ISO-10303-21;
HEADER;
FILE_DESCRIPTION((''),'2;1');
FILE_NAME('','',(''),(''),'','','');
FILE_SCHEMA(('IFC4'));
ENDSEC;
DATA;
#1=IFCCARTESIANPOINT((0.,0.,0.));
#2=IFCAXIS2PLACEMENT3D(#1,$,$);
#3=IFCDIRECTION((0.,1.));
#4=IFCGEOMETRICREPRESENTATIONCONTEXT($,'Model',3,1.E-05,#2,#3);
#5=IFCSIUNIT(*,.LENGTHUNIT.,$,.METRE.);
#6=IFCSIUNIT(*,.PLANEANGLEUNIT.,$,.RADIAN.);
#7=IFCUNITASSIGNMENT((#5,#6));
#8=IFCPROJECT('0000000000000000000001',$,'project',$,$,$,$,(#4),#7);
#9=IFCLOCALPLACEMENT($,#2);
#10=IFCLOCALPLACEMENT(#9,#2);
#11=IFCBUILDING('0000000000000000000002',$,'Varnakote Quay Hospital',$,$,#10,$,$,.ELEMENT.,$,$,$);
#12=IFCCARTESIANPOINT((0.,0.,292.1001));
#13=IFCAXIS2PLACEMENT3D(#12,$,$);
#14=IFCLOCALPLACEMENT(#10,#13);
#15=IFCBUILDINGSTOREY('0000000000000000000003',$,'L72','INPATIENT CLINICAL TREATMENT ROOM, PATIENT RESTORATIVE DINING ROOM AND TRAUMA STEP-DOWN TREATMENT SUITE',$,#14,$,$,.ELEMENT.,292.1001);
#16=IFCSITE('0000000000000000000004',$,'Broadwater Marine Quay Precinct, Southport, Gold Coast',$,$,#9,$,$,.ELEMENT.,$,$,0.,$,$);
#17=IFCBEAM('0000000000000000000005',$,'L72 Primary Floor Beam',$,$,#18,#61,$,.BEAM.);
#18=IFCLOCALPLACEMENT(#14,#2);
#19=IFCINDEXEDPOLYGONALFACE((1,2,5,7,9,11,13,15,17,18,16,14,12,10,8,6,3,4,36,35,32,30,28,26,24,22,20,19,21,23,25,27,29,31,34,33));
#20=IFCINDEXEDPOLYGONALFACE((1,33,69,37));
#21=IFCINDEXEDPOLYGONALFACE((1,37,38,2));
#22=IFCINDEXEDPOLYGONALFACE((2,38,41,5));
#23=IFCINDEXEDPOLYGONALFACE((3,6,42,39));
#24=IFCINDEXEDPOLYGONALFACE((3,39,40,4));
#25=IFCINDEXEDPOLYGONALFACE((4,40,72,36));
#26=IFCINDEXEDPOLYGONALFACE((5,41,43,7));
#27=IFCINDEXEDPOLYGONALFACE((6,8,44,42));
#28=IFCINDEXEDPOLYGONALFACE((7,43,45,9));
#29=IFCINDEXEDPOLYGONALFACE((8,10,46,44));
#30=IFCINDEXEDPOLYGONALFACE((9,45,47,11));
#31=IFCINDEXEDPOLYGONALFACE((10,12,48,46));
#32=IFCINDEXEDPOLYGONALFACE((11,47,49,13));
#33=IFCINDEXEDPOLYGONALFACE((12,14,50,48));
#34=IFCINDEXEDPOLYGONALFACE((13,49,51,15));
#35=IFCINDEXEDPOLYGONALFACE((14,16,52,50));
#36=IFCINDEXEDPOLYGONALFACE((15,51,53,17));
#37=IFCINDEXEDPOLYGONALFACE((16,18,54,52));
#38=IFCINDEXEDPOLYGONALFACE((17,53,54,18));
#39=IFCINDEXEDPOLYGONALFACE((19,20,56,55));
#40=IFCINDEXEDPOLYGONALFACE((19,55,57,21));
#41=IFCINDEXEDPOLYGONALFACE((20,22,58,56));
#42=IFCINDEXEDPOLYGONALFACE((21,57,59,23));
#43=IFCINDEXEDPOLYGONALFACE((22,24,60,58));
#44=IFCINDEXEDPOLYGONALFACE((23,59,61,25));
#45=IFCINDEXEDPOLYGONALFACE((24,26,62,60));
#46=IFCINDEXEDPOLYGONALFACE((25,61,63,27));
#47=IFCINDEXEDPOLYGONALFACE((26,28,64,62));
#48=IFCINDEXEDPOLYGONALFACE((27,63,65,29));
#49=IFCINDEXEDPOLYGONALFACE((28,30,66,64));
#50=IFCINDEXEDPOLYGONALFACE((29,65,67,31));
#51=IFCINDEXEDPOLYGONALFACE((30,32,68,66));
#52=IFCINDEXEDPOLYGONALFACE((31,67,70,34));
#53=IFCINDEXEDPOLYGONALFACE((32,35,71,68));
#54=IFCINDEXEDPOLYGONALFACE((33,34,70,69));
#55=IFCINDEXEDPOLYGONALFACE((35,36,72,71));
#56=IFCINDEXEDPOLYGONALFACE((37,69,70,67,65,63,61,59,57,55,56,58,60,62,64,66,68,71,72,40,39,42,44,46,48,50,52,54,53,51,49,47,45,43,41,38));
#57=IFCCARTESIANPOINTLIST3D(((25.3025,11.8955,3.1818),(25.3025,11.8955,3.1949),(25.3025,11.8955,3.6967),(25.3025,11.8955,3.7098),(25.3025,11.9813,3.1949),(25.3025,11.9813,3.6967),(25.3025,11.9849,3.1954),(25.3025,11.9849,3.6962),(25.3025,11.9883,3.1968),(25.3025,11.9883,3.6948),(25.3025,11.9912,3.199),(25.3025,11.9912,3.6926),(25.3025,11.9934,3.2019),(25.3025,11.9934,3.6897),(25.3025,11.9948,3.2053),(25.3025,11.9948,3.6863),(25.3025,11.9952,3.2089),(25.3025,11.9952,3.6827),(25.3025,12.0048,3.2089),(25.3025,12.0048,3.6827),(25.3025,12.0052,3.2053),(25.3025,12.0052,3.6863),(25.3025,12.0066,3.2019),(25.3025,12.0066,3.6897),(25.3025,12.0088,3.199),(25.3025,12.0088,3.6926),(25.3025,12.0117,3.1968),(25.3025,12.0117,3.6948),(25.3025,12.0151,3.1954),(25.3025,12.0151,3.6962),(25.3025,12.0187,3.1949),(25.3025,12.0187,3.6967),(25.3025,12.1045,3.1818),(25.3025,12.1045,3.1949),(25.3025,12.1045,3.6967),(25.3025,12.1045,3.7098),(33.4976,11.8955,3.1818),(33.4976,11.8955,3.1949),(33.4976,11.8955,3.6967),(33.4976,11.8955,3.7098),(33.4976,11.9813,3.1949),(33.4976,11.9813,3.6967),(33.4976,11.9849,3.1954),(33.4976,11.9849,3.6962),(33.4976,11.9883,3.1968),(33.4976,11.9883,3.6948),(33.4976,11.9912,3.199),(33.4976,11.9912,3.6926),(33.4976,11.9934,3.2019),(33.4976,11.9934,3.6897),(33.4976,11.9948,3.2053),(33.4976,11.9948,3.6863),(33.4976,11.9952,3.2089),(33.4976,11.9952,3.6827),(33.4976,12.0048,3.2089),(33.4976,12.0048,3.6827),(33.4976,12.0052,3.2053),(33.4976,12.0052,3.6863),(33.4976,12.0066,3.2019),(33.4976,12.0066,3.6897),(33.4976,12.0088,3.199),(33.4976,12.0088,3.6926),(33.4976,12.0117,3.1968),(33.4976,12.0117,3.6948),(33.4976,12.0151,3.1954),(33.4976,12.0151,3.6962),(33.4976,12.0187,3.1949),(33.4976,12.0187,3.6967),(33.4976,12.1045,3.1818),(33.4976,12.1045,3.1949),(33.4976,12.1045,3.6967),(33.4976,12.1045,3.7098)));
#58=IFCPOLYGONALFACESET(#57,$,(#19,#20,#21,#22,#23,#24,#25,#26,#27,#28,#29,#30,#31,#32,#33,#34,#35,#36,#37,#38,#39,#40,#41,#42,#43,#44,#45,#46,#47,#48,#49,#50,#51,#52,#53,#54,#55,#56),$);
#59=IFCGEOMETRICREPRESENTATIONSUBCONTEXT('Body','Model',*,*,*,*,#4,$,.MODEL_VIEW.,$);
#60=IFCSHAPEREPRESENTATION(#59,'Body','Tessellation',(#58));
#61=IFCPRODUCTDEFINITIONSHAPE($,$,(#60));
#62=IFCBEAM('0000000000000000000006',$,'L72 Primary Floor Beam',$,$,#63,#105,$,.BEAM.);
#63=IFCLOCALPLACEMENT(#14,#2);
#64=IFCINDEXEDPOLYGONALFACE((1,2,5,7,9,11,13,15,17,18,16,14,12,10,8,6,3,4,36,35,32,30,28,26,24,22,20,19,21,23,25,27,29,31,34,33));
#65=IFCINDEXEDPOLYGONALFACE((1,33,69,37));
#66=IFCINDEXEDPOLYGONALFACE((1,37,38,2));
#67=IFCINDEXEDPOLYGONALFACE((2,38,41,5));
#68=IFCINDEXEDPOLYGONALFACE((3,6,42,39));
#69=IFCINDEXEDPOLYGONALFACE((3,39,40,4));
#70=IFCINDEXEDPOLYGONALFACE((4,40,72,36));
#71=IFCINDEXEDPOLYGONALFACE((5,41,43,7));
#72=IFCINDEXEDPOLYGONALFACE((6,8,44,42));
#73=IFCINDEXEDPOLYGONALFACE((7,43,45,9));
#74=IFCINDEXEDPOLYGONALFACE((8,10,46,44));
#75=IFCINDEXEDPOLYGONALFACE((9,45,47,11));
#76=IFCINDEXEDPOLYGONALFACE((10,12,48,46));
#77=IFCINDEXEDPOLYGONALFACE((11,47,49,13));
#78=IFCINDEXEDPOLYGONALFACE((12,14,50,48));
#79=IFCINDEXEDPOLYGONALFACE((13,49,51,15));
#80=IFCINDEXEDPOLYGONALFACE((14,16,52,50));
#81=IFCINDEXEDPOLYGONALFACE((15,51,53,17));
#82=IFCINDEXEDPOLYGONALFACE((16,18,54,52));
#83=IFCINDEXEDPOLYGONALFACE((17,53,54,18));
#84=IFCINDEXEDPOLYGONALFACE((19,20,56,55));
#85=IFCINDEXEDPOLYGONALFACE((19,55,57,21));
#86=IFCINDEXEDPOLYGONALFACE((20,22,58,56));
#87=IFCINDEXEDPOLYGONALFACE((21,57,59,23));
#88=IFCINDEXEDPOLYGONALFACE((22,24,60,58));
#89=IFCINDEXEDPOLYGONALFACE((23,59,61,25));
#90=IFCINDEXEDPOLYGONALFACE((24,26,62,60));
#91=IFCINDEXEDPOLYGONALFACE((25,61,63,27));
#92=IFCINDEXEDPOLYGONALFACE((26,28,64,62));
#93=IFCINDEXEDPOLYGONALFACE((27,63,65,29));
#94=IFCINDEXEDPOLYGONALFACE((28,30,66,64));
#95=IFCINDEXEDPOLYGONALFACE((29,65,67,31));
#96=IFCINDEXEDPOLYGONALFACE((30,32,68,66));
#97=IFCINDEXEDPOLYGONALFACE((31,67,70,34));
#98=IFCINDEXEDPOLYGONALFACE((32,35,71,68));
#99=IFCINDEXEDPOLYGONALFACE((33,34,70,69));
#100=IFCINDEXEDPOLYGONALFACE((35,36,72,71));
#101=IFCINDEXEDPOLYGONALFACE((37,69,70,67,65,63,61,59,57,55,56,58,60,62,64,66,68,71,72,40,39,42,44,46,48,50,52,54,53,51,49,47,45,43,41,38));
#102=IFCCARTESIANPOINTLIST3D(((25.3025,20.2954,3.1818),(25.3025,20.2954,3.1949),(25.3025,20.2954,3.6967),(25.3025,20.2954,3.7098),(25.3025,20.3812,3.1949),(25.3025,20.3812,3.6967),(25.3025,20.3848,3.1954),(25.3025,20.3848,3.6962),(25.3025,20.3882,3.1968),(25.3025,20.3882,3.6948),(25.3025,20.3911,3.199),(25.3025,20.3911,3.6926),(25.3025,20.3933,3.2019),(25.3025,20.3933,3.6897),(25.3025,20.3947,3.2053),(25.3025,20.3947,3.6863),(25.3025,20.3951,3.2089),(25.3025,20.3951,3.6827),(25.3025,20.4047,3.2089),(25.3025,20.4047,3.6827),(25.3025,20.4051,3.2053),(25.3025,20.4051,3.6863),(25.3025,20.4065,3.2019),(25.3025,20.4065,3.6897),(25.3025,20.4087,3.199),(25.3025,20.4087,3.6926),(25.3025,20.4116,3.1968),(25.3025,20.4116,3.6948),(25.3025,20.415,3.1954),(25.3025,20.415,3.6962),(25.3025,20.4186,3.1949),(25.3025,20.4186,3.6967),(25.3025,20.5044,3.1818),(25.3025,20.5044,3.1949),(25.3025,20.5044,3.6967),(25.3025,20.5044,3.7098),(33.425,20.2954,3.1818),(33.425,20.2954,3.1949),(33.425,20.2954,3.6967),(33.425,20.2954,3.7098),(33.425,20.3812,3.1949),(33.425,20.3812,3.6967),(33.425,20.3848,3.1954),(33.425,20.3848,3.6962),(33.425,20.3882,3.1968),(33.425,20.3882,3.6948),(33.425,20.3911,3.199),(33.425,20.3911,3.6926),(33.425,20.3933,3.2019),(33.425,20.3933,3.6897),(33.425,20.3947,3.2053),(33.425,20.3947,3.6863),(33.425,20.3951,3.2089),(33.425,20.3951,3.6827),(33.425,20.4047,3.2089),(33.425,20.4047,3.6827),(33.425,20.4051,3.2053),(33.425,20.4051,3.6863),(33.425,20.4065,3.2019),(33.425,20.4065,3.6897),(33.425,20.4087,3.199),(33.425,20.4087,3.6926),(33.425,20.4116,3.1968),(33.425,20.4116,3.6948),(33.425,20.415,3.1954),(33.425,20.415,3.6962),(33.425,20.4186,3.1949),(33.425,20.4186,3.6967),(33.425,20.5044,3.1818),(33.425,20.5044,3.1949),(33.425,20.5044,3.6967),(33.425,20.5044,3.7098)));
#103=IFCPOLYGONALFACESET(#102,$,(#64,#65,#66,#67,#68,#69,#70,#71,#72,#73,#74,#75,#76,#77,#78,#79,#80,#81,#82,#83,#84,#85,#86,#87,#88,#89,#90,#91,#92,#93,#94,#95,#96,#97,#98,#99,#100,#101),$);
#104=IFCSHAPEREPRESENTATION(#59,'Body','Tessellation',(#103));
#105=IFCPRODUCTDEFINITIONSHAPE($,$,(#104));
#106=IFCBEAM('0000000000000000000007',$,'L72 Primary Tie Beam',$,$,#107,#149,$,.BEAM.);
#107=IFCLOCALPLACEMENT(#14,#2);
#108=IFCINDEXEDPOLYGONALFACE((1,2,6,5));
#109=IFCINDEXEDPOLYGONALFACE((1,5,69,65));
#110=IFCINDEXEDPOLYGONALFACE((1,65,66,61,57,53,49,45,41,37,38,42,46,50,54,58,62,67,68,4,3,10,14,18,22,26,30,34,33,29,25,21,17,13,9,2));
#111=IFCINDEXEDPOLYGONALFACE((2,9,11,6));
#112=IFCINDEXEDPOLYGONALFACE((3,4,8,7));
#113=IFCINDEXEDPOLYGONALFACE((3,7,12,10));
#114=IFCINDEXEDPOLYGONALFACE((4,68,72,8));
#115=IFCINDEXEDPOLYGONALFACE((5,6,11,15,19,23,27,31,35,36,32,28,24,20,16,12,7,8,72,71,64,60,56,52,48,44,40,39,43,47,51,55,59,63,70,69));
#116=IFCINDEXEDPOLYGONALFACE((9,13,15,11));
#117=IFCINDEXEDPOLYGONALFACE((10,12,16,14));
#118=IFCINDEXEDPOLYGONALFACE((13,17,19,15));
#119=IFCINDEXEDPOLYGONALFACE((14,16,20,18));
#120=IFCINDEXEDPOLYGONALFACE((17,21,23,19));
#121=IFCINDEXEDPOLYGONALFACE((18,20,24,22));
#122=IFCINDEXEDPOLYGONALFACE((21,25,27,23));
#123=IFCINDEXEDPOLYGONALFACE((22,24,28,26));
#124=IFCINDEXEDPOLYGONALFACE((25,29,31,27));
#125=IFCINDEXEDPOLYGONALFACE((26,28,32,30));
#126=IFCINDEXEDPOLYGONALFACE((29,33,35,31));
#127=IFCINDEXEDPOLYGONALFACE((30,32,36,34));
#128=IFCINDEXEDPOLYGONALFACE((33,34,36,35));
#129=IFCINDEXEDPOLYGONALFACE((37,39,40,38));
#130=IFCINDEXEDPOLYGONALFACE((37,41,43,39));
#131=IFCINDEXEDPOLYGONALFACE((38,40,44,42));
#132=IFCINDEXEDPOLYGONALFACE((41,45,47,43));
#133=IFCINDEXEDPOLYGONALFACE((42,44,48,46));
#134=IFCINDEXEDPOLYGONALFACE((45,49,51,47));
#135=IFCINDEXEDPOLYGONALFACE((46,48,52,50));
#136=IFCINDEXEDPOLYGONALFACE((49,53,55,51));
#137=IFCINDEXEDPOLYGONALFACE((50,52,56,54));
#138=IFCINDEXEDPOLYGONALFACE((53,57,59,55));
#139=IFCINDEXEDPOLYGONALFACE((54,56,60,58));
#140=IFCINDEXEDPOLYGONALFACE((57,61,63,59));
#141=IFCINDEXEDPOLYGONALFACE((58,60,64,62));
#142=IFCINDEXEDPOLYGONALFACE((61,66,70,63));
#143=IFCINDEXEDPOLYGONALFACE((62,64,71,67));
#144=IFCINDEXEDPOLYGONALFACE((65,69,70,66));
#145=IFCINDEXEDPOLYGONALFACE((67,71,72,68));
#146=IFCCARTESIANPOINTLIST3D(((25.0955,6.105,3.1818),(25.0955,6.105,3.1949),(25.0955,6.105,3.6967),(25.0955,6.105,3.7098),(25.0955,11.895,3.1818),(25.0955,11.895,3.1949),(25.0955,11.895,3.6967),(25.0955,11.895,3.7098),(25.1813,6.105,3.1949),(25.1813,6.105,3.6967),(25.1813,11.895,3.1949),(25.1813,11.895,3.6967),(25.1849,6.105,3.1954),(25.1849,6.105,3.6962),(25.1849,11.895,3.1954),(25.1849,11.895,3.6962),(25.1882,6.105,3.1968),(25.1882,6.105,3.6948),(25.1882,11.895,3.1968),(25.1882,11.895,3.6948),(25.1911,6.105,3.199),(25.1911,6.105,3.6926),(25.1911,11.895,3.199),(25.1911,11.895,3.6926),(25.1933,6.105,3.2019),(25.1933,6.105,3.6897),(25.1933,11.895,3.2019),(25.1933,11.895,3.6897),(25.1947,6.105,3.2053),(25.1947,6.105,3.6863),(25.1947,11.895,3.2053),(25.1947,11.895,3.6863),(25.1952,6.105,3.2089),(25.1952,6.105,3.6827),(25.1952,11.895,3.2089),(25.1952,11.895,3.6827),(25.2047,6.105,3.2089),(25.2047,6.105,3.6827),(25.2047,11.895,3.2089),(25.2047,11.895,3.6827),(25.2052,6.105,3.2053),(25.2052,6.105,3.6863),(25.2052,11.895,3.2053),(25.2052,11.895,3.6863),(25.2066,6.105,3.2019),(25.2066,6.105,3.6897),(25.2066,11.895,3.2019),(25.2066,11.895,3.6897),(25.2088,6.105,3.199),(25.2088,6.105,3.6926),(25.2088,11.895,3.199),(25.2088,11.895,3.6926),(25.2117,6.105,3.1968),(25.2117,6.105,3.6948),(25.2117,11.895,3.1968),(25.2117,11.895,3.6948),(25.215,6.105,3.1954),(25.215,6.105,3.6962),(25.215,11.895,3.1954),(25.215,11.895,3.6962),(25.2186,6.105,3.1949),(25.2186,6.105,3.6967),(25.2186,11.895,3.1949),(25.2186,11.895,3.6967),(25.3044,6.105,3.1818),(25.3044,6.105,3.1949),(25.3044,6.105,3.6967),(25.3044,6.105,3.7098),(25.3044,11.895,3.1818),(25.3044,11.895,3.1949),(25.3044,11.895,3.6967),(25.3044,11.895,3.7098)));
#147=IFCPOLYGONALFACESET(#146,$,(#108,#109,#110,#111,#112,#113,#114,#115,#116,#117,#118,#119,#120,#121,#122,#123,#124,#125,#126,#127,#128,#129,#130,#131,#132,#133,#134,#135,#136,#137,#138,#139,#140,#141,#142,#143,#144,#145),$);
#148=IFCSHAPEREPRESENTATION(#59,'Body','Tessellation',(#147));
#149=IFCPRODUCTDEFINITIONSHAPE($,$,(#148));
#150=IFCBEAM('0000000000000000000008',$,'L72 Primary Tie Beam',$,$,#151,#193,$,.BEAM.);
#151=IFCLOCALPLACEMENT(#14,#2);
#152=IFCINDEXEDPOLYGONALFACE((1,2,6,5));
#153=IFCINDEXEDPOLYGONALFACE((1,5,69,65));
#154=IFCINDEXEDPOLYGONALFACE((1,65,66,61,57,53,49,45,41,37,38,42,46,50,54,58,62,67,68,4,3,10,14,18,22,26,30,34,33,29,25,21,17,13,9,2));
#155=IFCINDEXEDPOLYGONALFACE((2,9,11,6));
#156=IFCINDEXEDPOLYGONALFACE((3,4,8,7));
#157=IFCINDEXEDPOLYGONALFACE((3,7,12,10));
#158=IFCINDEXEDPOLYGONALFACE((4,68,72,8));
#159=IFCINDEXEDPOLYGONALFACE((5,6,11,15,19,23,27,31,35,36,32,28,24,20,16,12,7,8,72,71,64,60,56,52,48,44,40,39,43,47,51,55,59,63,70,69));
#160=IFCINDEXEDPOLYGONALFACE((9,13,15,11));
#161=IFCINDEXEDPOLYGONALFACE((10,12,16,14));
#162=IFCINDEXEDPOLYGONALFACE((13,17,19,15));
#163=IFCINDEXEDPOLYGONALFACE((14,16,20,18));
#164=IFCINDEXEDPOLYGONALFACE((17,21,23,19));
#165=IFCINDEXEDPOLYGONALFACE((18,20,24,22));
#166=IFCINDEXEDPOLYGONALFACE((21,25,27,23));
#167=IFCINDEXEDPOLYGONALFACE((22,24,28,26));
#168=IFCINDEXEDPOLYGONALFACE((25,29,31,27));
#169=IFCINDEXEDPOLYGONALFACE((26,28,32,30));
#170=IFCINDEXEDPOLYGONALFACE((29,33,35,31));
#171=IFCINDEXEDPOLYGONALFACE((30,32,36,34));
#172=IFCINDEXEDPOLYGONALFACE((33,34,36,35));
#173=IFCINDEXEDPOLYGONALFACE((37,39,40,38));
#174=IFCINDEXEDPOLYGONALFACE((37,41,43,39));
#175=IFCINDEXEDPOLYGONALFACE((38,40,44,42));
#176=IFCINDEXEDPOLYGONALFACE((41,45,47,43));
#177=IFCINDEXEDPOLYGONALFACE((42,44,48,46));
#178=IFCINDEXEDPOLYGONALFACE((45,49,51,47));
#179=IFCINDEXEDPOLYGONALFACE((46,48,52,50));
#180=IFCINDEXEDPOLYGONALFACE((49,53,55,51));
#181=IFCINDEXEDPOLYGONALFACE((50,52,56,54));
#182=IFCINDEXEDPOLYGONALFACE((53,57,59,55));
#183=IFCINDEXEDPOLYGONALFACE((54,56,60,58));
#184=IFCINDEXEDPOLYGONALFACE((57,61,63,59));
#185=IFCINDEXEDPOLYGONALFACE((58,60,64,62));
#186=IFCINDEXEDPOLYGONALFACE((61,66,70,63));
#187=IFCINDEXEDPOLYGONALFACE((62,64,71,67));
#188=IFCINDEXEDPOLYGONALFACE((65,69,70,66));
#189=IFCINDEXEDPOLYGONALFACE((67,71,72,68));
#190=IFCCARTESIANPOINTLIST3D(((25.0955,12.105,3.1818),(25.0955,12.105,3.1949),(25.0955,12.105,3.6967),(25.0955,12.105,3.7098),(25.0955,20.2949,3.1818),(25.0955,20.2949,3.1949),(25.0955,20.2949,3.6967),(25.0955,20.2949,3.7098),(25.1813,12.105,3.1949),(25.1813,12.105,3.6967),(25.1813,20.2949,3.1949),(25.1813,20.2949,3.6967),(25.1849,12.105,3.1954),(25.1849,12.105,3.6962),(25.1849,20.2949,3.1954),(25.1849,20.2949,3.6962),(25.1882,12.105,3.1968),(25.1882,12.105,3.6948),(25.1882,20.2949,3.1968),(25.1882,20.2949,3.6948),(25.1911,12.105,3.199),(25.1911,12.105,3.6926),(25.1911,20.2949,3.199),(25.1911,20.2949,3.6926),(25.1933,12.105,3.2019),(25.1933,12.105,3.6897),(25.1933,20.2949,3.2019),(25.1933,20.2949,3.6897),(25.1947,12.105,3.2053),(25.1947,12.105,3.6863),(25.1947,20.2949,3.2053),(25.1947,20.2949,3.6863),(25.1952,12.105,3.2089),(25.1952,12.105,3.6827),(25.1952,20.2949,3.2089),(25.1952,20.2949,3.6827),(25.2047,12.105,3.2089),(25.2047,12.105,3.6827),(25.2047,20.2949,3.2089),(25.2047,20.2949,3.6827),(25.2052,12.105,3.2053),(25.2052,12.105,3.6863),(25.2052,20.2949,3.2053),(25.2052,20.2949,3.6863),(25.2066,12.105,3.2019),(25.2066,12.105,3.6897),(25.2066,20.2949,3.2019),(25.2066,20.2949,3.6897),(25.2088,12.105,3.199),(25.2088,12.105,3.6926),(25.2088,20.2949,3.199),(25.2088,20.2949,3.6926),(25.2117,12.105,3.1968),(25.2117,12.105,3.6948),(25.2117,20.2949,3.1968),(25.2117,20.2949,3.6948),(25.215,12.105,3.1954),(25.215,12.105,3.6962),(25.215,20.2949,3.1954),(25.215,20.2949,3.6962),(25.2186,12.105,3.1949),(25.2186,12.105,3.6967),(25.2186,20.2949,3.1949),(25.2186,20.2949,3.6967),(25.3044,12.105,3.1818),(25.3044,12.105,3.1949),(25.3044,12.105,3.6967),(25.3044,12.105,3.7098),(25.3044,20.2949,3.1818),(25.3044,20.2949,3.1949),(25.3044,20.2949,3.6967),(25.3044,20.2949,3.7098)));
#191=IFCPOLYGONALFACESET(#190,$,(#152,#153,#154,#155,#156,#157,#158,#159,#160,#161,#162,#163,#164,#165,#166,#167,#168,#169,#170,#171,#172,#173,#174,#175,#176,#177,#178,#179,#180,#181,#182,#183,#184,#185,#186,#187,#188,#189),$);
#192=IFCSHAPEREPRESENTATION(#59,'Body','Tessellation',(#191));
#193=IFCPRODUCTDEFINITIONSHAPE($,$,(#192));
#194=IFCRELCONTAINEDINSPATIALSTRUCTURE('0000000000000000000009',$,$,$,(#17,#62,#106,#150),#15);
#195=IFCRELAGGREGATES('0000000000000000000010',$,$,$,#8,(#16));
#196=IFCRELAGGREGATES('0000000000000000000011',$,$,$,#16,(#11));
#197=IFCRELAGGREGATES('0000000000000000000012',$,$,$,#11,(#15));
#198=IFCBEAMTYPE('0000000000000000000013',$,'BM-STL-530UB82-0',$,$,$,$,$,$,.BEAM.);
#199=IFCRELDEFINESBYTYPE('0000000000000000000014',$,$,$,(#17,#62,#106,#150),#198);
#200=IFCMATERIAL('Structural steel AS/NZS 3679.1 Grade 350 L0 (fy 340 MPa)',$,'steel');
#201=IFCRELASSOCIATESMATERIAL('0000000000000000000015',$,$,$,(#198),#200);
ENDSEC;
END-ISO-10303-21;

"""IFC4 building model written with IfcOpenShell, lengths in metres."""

from ifc_helpers import new_model, si_unit, direction, frame, origin, origin_2d, place, context, subcontext, project, spatial, i_section, extrude, material, material_profile, profile_set, type_object, element, save


model = new_model("IFC4")

# Units and contexts
model_context = context("Model", 3, precision=1e-05, world=origin(), true_north=direction((0.0, 1.0)))
body_context = subcontext(model_context, "Body", "Model", "MODEL_VIEW")
ifc_project = project(units=[si_unit("LENGTHUNIT", "METRE"), si_unit("PLANEANGLEUNIT", "RADIAN")], contexts=[model_context])

# Site, building, storey
site_placement = place(None, origin())
site = spatial("IfcSite", under=ifc_project, at=site_placement, Name="Broadwater Marine Quay Precinct, Southport, Gold Coast", CompositionType="ELEMENT", RefElevation=0.0)
building_placement = place(site_placement, origin())
building = spatial("IfcBuilding", under=site, at=building_placement, Name="Varnakote Quay Hospital", CompositionType="ELEMENT")
storey_placement = place(building_placement, frame((0.0, 0.0, 292.1001)))
storey = spatial("IfcBuildingStorey", under=building, at=storey_placement, Name="L72", Description="INPATIENT CLINICAL TREATMENT ROOM, PATIENT RESTORATIVE DINING ROOM AND TRAUMA STEP-DOWN TREATMENT SUITE", CompositionType="ELEMENT", Elevation=292.1001)

# Beams
ifc_material_1 = material(Name="Structural steel AS/NZS 3679.1 Grade 350 L0 (fy 340 MPa)", Category="steel")
ifc_material_profile_1 = material_profile(ifc_material_1, i_section(OverallWidth=0.209, OverallDepth=0.5281, WebThickness=0.0095, FlangeThickness=0.0132, FilletRadius=0.0139, at=origin_2d()), Name="530UB82.0")
ifc_profile_set_1 = profile_set([ifc_material_profile_1], Name="Structural steel AS/NZS 3679.1 Grade 350 L0 (fy 340 MPa)")
beam_type_1 = type_object("IfcBeamType", Name="BM-STL-530UB82-0", PredefinedType="BEAM", material=ifc_profile_set_1)
beam_1_placement = place(storey_placement, frame((25.3025, 12.0, 3.4458), z_axis=(1.0, 0.0, 0.0), x_axis=(0.0, 1.0, 0.0)))
element("IfcBeam", 1, at=beam_1_placement, inside=storey, type_object=beam_type_1, Name="L72 Primary Floor Beam", PredefinedType="BEAM", context=body_context, shape_type="SweptSolid", body=[
    extrude(i_section(OverallWidth=0.209, OverallDepth=0.5281, WebThickness=0.0095, FlangeThickness=0.0132, FilletRadius=0.0139, at=origin_2d()), origin(), (0.0, 0.0, 1.0), 8.1951),
])
beam_2_placement = place(storey_placement, frame((25.3025, 20.3999, 3.4458), z_axis=(1.0, 0.0, 0.0), x_axis=(0.0, 1.0, 0.0)))
element("IfcBeam", 2, at=beam_2_placement, inside=storey, type_object=beam_type_1, Name="L72 Primary Floor Beam", PredefinedType="BEAM", context=body_context, shape_type="SweptSolid", body=[
    extrude(i_section(OverallWidth=0.209, OverallDepth=0.5281, WebThickness=0.0095, FlangeThickness=0.0132, FilletRadius=0.0139, at=origin_2d()), origin(), (0.0, 0.0, 1.0), 8.1226),
])
beam_3_placement = place(storey_placement, frame((25.2, 6.105, 3.4458), z_axis=(0.0, 1.0, 0.0), x_axis=(-1.0, 0.0, 0.0)))
element("IfcBeam", 3, at=beam_3_placement, inside=storey, type_object=beam_type_1, Name="L72 Primary Tie Beam", PredefinedType="BEAM", context=body_context, shape_type="SweptSolid", body=[
    extrude(i_section(OverallWidth=0.209, OverallDepth=0.5281, WebThickness=0.0095, FlangeThickness=0.0132, FilletRadius=0.0139, at=origin_2d()), origin(), (0.0, 0.0, 1.0), 5.79),
])
beam_4_placement = place(storey_placement, frame((25.2, 12.105, 3.4458), z_axis=(0.0, 1.0, 0.0), x_axis=(-1.0, 0.0, 0.0)))
element("IfcBeam", 4, at=beam_4_placement, inside=storey, type_object=beam_type_1, Name="L72 Primary Tie Beam", PredefinedType="BEAM", context=body_context, shape_type="SweptSolid", body=[
    extrude(i_section(OverallWidth=0.209, OverallDepth=0.5281, WebThickness=0.0095, FlangeThickness=0.0132, FilletRadius=0.0139, at=origin_2d()), origin(), (0.0, 0.0, 1.0), 8.1899),
])

save(model, "model.ifc")
